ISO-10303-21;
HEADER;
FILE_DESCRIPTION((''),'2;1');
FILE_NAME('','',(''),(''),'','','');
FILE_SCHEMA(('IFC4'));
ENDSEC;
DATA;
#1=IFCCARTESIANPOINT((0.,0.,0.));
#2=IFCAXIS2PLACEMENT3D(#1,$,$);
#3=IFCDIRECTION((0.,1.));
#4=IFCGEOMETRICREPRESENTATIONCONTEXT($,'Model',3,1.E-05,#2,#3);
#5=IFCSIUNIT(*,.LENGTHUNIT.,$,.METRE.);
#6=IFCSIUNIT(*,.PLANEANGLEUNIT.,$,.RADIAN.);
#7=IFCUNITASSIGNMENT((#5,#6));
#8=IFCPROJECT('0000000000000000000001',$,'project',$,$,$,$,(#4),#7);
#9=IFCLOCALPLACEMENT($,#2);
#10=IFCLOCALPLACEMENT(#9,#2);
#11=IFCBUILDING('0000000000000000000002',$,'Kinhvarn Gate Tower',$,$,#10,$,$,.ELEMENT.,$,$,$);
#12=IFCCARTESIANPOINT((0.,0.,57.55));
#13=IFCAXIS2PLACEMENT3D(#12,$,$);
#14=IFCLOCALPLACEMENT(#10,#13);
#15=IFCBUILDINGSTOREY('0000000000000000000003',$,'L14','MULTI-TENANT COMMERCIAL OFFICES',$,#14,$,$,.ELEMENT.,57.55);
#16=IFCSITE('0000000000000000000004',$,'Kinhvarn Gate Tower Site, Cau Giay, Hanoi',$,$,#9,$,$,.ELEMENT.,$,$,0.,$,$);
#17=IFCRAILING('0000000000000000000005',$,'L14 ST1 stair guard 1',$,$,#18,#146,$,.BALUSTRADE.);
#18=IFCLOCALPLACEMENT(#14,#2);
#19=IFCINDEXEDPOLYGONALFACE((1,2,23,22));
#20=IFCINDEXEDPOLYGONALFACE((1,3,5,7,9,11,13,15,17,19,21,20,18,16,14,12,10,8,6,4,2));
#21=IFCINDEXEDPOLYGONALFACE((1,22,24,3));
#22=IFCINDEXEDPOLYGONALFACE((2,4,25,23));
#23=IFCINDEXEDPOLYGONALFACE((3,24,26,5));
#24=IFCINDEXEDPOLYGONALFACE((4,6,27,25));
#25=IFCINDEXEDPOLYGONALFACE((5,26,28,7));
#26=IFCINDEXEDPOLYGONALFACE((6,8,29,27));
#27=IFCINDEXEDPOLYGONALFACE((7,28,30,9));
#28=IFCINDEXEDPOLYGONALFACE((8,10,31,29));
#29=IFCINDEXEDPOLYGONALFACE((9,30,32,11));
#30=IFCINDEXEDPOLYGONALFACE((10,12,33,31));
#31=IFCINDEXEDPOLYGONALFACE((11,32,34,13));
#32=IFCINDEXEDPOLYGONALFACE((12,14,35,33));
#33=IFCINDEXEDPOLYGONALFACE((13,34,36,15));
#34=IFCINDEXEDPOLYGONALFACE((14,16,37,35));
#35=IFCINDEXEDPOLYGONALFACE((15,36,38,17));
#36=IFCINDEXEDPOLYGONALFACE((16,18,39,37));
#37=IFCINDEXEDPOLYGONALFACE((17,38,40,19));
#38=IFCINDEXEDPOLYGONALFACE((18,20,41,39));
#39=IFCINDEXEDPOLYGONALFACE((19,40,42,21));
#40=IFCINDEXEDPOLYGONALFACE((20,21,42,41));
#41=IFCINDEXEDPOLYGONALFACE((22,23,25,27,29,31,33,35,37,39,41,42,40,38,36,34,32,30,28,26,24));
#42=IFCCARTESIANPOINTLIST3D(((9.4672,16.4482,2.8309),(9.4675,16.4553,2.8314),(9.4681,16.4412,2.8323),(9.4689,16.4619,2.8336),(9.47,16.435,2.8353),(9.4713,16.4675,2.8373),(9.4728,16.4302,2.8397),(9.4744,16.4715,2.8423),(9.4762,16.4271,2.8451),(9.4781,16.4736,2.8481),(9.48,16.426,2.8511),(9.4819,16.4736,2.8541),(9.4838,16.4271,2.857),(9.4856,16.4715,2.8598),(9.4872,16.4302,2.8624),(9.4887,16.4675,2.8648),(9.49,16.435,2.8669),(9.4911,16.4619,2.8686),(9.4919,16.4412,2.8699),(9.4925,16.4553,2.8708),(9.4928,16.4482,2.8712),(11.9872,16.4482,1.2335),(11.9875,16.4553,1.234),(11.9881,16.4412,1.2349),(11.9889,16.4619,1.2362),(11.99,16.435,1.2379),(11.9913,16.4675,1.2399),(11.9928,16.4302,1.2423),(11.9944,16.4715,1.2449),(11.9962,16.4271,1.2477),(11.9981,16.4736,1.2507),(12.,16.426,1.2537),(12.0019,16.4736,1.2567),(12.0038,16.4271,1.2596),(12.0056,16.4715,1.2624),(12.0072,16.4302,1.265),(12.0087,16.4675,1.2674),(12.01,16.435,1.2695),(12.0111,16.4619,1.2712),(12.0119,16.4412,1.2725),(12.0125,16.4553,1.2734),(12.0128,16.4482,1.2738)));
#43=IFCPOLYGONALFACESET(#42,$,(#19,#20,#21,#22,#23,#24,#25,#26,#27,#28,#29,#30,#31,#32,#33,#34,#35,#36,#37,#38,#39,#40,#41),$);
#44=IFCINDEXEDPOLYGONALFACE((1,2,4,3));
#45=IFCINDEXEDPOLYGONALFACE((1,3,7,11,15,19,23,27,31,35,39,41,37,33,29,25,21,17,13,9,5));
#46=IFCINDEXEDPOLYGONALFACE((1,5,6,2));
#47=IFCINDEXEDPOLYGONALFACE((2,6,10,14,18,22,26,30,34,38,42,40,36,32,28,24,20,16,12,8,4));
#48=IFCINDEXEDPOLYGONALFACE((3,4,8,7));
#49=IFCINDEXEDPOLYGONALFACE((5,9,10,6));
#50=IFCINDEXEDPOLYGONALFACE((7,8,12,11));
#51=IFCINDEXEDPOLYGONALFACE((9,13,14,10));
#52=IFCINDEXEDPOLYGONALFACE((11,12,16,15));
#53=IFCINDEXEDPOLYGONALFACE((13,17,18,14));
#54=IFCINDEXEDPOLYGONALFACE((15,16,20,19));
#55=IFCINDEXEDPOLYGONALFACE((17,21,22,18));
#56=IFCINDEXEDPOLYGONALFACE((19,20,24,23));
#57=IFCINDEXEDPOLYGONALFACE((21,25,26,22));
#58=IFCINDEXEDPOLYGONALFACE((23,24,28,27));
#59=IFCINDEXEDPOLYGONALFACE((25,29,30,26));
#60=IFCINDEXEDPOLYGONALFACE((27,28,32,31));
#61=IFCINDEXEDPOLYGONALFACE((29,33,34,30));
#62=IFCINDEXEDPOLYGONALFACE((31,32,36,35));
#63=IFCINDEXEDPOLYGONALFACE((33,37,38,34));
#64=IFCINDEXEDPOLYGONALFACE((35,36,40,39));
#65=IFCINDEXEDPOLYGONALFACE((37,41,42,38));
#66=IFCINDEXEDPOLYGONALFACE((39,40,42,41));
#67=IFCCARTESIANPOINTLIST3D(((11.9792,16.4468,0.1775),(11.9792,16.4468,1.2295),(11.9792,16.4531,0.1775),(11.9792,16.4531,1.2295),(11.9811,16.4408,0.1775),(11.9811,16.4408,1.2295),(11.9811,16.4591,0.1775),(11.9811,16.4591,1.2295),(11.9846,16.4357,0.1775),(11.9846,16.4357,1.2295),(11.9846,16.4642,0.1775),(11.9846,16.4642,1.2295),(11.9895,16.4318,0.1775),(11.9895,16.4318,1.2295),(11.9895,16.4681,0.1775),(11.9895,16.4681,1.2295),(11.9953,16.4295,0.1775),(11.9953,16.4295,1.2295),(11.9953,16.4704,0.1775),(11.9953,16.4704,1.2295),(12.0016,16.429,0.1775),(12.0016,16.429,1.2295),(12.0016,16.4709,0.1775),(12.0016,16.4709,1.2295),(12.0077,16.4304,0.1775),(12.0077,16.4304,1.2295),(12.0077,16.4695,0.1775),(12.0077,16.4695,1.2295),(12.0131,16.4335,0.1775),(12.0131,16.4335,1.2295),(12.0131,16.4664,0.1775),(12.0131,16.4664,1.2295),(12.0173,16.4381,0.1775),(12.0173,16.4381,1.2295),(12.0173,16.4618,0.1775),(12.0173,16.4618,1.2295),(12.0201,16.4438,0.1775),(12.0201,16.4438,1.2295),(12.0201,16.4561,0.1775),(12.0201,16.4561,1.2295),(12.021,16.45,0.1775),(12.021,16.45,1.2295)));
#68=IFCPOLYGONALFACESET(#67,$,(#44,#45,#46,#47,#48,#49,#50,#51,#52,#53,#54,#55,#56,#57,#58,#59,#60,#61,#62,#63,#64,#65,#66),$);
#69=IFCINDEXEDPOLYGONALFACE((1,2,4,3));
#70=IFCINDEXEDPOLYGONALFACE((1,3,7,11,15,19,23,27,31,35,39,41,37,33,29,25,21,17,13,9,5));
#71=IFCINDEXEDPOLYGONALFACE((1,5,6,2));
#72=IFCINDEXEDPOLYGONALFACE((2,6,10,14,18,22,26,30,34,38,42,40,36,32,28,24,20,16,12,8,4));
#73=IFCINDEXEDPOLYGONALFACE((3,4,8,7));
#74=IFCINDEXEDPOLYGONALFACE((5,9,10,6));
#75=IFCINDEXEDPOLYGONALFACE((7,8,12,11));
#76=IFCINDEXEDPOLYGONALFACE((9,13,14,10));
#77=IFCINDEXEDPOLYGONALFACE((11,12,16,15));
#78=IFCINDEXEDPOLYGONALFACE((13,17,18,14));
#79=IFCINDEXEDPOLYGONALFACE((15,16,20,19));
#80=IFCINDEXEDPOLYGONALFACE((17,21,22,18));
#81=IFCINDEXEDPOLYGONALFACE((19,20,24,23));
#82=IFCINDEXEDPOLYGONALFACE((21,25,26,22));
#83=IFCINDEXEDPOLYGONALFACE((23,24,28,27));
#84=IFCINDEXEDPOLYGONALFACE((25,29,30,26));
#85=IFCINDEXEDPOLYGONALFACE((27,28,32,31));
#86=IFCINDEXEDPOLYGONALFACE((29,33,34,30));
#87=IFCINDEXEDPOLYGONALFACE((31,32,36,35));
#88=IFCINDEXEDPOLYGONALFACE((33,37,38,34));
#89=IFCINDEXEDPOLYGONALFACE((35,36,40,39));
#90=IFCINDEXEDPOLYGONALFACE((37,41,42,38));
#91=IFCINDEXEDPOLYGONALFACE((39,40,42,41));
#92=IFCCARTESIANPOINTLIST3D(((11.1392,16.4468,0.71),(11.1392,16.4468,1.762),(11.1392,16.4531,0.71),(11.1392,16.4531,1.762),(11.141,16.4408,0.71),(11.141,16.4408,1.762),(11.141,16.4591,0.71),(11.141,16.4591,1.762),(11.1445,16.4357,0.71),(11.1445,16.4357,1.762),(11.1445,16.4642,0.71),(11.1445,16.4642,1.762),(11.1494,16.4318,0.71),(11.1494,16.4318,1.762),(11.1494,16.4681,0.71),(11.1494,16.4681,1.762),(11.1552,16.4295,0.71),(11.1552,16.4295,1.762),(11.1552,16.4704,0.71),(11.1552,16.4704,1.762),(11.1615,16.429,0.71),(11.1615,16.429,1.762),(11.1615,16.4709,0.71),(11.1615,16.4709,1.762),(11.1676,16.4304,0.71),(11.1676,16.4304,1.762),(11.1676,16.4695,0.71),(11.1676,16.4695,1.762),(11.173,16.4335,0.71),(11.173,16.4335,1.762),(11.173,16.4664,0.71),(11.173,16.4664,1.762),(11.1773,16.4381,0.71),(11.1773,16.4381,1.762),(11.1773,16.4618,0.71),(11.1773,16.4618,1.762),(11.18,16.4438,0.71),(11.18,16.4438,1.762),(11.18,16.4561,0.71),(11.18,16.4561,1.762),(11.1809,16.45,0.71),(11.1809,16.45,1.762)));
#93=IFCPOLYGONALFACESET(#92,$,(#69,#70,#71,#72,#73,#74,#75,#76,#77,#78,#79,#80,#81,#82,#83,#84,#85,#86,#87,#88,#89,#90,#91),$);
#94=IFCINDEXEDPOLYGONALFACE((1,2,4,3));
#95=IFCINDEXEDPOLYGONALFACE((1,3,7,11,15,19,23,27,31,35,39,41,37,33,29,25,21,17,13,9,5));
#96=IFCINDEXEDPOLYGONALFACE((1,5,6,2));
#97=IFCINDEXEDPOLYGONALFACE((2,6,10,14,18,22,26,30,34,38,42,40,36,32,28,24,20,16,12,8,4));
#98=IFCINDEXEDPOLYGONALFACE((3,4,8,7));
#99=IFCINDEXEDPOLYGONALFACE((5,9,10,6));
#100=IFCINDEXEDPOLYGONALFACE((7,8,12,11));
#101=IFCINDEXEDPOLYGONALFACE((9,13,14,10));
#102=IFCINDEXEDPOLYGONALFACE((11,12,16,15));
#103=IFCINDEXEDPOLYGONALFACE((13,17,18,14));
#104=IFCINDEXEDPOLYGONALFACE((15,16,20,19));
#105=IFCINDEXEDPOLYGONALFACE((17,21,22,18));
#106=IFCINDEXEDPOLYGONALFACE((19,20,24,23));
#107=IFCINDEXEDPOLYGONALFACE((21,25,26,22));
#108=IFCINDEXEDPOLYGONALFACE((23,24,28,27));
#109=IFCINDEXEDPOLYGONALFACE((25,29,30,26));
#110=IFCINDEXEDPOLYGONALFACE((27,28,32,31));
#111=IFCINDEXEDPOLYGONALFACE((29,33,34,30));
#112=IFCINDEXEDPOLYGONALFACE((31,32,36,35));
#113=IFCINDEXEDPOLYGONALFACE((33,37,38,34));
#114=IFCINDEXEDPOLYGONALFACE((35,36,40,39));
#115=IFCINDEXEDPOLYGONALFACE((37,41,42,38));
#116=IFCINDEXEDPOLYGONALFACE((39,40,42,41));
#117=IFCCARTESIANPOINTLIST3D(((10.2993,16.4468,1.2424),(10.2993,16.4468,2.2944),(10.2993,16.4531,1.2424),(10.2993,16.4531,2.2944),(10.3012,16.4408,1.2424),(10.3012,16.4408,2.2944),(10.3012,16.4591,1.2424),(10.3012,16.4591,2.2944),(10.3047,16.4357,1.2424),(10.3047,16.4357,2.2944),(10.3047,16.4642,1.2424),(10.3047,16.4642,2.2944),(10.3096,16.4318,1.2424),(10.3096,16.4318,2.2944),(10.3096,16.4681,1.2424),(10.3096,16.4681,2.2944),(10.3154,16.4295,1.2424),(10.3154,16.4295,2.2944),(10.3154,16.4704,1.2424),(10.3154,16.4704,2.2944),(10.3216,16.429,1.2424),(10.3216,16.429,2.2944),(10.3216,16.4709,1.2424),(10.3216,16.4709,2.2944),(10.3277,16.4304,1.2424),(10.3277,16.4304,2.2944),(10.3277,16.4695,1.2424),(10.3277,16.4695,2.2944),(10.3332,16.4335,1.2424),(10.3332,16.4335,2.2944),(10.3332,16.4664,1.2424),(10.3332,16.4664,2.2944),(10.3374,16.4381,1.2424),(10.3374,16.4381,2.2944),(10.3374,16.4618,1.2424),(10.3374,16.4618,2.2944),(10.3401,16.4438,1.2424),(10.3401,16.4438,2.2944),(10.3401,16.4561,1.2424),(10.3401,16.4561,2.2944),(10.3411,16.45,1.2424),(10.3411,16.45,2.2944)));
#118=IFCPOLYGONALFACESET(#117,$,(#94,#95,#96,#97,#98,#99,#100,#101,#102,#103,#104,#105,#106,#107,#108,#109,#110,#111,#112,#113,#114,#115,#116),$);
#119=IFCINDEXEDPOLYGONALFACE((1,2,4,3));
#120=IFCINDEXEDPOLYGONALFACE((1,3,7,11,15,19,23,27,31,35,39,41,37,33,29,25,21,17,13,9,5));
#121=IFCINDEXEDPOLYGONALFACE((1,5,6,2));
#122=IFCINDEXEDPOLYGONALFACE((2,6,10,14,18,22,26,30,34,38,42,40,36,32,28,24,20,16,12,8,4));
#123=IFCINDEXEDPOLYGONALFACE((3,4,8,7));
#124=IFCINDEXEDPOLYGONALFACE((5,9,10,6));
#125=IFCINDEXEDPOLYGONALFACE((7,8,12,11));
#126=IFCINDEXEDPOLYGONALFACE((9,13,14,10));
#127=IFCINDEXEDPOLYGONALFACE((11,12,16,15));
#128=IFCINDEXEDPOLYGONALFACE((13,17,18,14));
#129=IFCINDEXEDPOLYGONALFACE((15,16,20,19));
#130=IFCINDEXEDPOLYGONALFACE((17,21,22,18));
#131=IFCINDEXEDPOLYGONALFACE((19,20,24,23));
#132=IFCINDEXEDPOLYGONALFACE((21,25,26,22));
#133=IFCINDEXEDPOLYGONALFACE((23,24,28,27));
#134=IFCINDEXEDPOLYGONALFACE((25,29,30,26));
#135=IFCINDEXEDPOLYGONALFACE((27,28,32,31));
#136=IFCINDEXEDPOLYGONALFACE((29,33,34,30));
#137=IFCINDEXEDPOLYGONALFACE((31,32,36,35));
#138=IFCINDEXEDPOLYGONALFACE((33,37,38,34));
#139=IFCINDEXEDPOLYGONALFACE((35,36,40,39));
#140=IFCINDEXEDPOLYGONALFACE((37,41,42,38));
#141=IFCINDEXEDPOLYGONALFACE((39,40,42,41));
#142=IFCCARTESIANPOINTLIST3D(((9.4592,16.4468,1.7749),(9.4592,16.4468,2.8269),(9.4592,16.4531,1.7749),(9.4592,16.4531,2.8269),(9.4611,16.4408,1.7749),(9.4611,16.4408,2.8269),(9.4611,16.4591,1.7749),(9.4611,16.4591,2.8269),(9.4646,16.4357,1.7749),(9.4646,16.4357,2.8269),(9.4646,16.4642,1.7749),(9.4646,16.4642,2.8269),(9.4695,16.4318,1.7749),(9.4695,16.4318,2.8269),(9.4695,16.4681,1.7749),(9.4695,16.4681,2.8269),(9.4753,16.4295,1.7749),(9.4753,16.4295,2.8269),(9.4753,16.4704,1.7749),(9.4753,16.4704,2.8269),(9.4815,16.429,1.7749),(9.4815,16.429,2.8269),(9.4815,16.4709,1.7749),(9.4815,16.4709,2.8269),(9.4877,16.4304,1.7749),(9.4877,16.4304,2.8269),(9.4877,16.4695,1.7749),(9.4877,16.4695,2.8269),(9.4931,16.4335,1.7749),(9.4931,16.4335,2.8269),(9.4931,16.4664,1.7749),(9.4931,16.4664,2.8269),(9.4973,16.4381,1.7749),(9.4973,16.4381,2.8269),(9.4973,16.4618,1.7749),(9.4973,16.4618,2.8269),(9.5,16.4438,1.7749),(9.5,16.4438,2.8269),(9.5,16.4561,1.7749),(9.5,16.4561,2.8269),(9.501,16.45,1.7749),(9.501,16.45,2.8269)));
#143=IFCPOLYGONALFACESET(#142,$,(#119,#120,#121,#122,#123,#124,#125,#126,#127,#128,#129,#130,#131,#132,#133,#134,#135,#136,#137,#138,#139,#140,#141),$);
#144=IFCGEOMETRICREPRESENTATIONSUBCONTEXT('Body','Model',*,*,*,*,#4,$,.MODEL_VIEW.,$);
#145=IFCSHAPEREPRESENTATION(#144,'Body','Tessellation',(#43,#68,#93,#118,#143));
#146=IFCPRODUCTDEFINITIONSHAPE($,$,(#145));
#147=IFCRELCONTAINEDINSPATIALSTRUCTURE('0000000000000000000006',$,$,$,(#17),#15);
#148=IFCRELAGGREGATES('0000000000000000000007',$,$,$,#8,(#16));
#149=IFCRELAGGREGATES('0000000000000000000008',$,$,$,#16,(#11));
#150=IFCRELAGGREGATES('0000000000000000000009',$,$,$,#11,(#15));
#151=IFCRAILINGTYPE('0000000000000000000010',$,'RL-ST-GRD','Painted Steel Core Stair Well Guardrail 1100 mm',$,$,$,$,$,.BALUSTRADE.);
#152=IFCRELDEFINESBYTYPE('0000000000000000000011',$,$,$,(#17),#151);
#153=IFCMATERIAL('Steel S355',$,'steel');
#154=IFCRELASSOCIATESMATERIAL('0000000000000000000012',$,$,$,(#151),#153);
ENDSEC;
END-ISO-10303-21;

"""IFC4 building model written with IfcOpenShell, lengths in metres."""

from ifc_helpers import new_model, si_unit, direction, frame, origin, origin_2d, place, context, subcontext, project, spatial, circle, extrude, material, type_object, element, save


model = new_model("IFC4")

# Units and contexts
model_context = context("Model", 3, precision=1e-05, world=origin(), true_north=direction((0.0, 1.0)))
body_context = subcontext(model_context, "Body", "Model", "MODEL_VIEW")
ifc_project = project(units=[si_unit("LENGTHUNIT", "METRE"), si_unit("PLANEANGLEUNIT", "RADIAN")], contexts=[model_context])

# Site, building, storey
site_placement = place(None, origin())
site = spatial("IfcSite", under=ifc_project, at=site_placement, Name="Kinhvarn Gate Tower Site, Cau Giay, Hanoi", CompositionType="ELEMENT", RefElevation=0.0)
building_placement = place(site_placement, origin())
building = spatial("IfcBuilding", under=site, at=building_placement, Name="Kinhvarn Gate Tower", CompositionType="ELEMENT")
storey_placement = place(building_placement, frame((0.0, 0.0, 57.55)))
storey = spatial("IfcBuildingStorey", under=building, at=storey_placement, Name="L14", Description="MULTI-TENANT COMMERCIAL OFFICES", CompositionType="ELEMENT", Elevation=57.55)

# Shared definitions
ifc_material_1 = material(Name="Steel S355", Category="steel")

# Railing
railing_type_1 = type_object("IfcRailingType", Name="RL-ST-GRD", Description="Painted Steel Core Stair Well Guardrail 1100 mm", PredefinedType="BALUSTRADE", material=ifc_material_1)
railing_1_placement = place(storey_placement, frame((12.0, 16.45, 0.1775)))
element("IfcRailing", 1, at=railing_1_placement, inside=storey, type_object=railing_type_1, Name="L14 ST1 stair guard 1", PredefinedType="BALUSTRADE", context=body_context, shape_type="SweptSolid", body=[
    extrude(circle(Radius=0.0239, at=origin_2d()), frame((0.0, 0.0, 1.0762), z_axis=(-0.844607, 0.0, 0.535387), x_axis=(0.0, -1.0, 0.0)), (0.0, 0.0, 1.0), 2.9836),
    extrude(circle(Radius=0.021, at=origin_2d()), origin(), (0.0, 0.0, 1.0), 1.052),
    extrude(circle(Radius=0.021, at=origin_2d()), frame((-0.8401, 0.0, 0.5325)), (0.0, 0.0, 1.0), 1.052),
    extrude(circle(Radius=0.021, at=origin_2d()), frame((-1.6799, 0.0, 1.0649)), (0.0, 0.0, 1.0), 1.052),
    extrude(circle(Radius=0.021, at=origin_2d()), frame((-2.52, 0.0, 1.5974)), (0.0, 0.0, 1.0), 1.052),
])

save(model, "model.ifc")
